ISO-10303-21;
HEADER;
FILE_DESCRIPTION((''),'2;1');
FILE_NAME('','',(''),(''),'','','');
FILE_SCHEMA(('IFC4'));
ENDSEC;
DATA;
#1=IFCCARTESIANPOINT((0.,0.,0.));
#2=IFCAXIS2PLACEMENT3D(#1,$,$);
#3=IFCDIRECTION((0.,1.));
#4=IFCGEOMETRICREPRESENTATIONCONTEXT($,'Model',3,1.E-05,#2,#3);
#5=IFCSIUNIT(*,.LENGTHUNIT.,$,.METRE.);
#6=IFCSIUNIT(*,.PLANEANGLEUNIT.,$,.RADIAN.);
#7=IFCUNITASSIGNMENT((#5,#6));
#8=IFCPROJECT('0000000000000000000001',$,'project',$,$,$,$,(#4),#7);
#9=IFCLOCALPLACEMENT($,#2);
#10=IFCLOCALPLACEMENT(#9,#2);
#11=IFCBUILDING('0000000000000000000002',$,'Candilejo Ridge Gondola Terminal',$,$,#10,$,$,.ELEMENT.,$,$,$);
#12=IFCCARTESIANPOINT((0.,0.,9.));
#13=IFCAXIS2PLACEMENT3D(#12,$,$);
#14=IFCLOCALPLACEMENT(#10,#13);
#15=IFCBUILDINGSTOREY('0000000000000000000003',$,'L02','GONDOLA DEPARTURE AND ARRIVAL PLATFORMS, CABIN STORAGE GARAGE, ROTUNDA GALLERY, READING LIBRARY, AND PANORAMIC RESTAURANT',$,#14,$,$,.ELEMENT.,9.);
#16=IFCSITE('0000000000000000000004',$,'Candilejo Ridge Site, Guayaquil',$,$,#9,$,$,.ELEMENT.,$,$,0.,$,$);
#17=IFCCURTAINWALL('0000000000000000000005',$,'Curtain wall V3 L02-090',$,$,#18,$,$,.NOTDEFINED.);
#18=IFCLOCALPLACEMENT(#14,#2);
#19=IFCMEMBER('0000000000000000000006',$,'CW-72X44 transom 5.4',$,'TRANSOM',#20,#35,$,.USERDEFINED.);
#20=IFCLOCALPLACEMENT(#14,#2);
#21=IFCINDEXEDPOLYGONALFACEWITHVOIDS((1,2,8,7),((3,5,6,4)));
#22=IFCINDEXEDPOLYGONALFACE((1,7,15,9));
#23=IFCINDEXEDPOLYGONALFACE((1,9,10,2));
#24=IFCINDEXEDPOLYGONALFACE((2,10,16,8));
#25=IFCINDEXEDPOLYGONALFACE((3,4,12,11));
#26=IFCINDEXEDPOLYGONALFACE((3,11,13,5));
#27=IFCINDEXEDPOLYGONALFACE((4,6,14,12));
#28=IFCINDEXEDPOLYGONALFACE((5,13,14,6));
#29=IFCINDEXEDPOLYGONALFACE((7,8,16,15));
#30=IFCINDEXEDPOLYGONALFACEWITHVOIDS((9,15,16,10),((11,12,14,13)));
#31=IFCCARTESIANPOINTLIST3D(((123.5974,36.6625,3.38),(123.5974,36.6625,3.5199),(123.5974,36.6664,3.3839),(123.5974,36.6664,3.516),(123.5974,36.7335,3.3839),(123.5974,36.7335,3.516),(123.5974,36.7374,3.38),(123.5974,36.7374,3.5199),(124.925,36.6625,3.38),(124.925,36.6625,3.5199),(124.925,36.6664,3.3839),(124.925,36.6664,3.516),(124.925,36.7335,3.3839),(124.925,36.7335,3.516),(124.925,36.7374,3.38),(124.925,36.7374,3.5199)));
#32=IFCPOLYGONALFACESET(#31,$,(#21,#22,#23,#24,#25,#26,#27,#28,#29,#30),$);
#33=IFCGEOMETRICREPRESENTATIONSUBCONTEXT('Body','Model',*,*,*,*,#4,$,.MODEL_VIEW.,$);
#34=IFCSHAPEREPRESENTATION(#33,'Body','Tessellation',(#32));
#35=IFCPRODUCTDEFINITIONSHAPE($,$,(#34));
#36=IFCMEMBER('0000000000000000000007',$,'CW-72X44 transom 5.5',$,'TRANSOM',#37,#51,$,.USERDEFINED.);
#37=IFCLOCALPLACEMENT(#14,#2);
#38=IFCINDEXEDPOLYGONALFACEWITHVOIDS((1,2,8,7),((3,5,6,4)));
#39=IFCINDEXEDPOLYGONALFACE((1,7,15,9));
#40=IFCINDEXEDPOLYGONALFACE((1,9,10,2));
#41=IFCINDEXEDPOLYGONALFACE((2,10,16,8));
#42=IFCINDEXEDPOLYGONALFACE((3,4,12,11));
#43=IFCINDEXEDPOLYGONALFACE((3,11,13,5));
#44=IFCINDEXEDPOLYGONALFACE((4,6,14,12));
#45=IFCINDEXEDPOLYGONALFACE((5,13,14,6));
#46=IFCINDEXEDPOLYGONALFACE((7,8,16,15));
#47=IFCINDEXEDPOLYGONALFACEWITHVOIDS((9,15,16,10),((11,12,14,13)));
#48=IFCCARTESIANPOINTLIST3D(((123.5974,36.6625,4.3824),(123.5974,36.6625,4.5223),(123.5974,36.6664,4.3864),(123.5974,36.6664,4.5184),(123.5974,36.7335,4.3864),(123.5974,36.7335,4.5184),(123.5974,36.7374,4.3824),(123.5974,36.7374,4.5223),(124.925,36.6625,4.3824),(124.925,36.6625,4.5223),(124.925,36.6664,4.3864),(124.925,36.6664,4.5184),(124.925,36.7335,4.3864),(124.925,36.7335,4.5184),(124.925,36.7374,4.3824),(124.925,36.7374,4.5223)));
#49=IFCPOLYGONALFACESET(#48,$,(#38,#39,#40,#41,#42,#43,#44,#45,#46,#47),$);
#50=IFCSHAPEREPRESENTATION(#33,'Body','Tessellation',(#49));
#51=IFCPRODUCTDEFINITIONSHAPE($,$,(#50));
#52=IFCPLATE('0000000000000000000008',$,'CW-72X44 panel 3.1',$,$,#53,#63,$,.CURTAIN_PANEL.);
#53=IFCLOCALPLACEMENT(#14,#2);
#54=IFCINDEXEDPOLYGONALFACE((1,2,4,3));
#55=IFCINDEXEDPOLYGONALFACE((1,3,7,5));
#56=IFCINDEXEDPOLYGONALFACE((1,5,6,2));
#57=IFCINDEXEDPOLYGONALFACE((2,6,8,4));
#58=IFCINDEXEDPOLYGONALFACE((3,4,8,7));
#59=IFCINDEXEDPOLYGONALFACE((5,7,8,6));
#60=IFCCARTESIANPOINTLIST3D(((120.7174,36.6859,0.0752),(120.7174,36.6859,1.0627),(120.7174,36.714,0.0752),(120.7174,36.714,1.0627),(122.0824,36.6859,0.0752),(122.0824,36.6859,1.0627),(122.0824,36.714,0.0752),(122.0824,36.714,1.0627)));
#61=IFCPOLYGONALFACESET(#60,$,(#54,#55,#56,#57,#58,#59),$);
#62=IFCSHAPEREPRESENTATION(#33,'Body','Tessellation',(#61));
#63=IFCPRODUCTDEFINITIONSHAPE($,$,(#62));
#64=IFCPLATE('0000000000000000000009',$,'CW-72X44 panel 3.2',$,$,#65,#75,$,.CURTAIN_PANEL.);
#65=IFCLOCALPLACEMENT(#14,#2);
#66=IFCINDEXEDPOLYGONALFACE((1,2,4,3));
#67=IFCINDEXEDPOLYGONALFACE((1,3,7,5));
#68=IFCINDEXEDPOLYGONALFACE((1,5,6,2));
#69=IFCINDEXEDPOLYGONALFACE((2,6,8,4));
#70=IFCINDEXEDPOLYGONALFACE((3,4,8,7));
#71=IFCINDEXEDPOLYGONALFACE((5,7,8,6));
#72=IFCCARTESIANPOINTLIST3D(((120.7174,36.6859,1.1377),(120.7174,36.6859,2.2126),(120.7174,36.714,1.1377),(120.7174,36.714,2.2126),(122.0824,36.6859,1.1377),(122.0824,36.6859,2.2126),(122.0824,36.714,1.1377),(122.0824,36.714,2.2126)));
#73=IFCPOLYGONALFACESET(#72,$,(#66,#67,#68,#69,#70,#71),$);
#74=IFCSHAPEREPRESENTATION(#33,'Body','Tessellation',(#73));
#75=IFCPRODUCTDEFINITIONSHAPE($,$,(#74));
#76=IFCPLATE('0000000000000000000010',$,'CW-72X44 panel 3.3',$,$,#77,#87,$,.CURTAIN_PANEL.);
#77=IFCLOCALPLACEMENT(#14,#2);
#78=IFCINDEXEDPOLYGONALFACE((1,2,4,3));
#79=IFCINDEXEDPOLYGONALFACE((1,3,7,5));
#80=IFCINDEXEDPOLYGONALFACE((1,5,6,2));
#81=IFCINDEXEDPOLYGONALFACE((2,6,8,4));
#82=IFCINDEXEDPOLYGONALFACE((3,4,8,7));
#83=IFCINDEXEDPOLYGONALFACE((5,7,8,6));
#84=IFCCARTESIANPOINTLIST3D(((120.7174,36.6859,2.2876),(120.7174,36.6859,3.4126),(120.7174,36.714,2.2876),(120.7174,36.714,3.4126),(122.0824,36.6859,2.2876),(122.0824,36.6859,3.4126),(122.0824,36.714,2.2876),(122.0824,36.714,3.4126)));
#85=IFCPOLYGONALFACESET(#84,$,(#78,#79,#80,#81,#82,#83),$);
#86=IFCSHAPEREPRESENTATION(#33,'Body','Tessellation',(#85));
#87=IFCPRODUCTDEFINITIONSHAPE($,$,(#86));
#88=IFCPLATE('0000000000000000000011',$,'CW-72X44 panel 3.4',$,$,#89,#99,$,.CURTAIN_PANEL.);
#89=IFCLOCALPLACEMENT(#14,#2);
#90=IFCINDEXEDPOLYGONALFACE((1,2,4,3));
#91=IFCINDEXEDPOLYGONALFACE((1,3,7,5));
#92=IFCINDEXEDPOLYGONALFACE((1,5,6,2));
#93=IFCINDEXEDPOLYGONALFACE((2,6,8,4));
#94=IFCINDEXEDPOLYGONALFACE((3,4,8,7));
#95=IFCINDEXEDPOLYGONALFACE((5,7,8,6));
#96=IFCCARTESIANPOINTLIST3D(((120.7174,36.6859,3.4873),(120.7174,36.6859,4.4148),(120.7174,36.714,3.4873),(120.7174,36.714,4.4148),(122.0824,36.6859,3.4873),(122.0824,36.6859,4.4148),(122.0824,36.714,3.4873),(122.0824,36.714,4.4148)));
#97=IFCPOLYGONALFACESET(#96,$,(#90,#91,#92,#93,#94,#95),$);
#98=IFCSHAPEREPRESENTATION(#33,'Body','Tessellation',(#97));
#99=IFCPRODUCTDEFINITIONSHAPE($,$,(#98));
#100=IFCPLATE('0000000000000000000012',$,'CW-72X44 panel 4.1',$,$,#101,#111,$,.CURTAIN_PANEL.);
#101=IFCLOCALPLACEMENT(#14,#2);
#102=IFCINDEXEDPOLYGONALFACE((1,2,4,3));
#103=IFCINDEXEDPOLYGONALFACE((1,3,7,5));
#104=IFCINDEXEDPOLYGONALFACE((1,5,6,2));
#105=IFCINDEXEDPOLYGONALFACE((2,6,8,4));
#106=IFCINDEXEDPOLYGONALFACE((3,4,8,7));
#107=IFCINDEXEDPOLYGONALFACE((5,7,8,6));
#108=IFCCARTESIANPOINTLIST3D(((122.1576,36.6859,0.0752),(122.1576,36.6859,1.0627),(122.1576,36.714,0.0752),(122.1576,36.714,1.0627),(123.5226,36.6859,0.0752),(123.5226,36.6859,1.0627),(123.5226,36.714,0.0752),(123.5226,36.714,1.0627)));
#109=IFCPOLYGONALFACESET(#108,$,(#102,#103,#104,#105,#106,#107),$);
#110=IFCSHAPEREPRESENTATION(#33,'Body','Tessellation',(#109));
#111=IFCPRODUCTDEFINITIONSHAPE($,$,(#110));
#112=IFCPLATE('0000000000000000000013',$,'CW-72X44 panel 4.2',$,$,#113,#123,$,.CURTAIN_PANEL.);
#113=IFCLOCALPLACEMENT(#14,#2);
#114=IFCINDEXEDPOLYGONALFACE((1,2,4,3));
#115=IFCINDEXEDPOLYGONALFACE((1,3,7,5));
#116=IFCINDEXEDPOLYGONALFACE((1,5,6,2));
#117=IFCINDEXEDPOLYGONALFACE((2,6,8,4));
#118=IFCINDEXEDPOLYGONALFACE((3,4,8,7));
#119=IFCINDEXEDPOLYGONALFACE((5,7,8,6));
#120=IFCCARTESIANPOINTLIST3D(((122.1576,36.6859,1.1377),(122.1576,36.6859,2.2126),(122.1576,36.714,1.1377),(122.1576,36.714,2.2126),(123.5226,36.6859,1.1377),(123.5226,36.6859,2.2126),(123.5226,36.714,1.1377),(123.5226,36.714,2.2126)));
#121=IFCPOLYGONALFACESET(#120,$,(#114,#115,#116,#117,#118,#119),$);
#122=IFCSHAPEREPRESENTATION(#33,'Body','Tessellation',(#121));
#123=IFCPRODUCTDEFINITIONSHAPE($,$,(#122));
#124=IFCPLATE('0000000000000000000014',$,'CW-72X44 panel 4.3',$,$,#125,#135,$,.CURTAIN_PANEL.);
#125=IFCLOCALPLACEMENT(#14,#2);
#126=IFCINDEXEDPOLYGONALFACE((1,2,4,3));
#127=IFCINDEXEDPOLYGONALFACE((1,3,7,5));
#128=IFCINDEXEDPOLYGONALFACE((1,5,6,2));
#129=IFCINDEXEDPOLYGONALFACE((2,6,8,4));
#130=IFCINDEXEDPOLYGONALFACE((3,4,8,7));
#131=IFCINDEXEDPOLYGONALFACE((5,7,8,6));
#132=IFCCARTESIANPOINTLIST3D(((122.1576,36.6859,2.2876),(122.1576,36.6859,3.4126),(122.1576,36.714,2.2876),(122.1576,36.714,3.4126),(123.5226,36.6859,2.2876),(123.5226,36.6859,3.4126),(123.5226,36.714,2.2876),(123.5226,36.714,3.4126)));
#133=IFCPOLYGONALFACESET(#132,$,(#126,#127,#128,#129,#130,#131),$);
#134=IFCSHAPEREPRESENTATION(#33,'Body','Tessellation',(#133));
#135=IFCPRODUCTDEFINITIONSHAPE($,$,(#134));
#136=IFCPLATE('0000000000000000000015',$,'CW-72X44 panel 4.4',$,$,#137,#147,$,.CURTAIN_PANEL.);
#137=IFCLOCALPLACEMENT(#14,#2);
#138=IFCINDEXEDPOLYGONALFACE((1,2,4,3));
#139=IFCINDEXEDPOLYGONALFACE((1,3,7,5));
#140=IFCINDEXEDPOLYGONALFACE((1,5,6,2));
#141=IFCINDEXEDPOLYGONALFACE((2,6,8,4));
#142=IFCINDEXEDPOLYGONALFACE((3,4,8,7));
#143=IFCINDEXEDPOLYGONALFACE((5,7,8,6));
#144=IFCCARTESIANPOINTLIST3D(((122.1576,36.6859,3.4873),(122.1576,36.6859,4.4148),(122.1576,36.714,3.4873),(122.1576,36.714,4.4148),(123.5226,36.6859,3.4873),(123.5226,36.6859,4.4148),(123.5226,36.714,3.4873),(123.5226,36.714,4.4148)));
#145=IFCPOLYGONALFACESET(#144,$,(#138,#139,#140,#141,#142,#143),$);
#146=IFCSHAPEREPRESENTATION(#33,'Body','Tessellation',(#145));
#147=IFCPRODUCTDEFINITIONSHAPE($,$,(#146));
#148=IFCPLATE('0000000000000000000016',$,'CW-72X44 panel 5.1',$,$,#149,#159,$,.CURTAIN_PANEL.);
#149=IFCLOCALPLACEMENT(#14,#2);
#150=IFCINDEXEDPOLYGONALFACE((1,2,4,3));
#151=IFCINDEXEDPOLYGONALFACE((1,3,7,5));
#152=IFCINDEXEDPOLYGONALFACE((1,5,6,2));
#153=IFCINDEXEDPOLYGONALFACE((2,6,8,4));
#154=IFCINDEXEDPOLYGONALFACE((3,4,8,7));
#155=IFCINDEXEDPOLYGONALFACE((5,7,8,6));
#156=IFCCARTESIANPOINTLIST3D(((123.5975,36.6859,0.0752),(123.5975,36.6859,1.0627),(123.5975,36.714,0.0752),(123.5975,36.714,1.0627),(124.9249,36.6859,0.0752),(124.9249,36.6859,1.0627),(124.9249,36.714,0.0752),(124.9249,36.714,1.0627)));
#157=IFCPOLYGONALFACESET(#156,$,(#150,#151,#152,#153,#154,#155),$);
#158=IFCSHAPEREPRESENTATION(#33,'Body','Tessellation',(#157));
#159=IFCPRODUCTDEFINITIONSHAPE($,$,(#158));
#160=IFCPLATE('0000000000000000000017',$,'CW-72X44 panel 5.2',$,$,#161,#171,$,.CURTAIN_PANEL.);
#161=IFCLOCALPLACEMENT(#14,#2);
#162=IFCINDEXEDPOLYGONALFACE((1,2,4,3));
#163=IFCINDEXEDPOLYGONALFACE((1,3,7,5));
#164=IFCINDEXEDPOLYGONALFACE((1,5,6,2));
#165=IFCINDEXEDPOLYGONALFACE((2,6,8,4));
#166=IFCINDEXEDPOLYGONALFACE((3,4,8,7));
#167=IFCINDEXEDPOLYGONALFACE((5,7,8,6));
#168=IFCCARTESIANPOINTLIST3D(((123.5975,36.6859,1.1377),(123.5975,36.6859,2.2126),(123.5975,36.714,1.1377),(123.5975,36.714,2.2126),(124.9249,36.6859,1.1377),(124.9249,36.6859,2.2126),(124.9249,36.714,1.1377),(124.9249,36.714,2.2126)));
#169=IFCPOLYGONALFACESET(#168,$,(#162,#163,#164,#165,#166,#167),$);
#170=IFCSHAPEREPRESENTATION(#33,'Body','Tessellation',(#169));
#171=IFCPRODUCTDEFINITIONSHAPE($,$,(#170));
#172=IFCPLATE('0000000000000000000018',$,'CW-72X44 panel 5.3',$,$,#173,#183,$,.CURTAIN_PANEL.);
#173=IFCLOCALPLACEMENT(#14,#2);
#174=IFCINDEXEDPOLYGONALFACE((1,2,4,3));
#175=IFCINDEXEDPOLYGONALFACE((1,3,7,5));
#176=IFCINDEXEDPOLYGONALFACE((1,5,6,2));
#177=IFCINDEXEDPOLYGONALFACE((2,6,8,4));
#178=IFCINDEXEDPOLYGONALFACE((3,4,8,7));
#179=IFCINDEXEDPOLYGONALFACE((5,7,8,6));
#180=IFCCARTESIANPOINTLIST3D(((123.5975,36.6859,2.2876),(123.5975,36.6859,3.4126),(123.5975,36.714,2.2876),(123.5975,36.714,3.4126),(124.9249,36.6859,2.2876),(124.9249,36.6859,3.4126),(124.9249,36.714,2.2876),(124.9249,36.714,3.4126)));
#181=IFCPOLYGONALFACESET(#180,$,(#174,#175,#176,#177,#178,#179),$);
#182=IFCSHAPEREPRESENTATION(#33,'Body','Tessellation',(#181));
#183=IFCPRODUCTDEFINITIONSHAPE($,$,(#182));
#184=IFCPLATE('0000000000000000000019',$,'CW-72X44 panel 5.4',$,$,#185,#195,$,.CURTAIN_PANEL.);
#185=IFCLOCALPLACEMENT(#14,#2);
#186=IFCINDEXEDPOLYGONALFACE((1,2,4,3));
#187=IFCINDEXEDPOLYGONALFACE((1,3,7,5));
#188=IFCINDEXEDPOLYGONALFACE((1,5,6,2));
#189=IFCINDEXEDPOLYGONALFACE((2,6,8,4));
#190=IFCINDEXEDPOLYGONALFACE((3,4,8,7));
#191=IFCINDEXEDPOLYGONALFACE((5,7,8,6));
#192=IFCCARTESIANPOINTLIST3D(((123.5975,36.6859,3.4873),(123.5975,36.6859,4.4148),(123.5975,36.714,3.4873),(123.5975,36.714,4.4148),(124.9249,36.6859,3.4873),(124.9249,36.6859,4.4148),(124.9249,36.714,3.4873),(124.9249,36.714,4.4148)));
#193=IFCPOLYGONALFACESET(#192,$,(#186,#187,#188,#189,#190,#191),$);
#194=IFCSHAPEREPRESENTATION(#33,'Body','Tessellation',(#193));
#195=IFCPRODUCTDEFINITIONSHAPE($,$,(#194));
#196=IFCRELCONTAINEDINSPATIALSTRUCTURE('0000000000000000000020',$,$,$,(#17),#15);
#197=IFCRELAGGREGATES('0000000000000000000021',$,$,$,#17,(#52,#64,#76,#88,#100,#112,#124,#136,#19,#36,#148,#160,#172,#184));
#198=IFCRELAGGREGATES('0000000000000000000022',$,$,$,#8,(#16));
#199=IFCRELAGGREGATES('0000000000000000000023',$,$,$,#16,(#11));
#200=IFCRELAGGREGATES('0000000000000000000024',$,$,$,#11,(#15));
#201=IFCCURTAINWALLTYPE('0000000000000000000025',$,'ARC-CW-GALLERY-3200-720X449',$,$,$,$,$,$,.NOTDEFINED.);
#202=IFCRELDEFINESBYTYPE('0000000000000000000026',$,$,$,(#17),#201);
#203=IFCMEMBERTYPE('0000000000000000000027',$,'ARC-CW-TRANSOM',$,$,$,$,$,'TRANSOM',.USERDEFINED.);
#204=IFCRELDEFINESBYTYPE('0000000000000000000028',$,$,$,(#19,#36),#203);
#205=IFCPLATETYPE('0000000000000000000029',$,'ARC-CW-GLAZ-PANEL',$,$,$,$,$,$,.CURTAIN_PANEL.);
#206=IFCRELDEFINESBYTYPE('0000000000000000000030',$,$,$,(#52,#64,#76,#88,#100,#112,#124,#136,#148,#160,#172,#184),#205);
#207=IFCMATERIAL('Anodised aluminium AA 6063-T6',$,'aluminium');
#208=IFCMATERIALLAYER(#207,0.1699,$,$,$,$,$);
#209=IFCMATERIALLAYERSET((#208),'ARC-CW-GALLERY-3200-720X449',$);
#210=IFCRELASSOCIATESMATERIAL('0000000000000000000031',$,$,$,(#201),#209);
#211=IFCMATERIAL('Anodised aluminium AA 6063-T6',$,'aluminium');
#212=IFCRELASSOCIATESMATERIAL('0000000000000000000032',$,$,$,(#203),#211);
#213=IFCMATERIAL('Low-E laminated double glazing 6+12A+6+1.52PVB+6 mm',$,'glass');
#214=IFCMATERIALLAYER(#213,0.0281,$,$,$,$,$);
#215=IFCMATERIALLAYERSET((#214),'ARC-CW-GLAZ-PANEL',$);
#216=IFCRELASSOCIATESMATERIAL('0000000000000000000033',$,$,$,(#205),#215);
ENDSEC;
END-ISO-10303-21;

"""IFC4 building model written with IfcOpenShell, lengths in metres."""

from ifc_helpers import new_model, si_unit, direction, frame, origin, origin_2d, place, context, subcontext, project, spatial, rectangle, hollow_rectangle, extrude, material, layer, layer_set, material_profile, profile_set, type_object, element, aggregate, save


model = new_model("IFC4")

# Units and contexts
model_context = context("Model", 3, precision=1e-05, world=origin(), true_north=direction((0.0, 1.0)))
body_context = subcontext(model_context, "Body", "Model", "MODEL_VIEW")
ifc_project = project(units=[si_unit("LENGTHUNIT", "METRE"), si_unit("PLANEANGLEUNIT", "RADIAN")], contexts=[model_context])

# Site, building, storey
site_placement = place(None, origin())
site = spatial("IfcSite", under=ifc_project, at=site_placement, Name="Candilejo Ridge Site, Guayaquil", CompositionType="ELEMENT", RefElevation=0.0)
building_placement = place(site_placement, origin())
building = spatial("IfcBuilding", under=site, at=building_placement, Name="Candilejo Ridge Gondola Terminal", CompositionType="ELEMENT")
storey_placement = place(building_placement, frame((0.0, 0.0, 9.0)))
storey = spatial("IfcBuildingStorey", under=building, at=storey_placement, Name="L02", Description="GONDOLA DEPARTURE AND ARRIVAL PLATFORMS, CABIN STORAGE GARAGE, ROTUNDA GALLERY, READING LIBRARY, AND PANORAMIC RESTAURANT", CompositionType="ELEMENT", Elevation=9.0)

# Curtain wall, members, plates
ifc_material_1 = material(Name="Anodised aluminium AA 6063-T6", Category="aluminium")
ifc_layer_1 = layer(ifc_material_1, 0.1699)
ifc_layer_set_1 = layer_set([ifc_layer_1], Name="ARC-CW-GALLERY-3200-720X449")
curtain_wall_type = type_object("IfcCurtainWallType", Name="ARC-CW-GALLERY-3200-720X449", PredefinedType="NOTDEFINED", material=ifc_layer_set_1)
curtain_wall_placement = place(storey_placement, origin())
curtain_wall = element("IfcCurtainWall", 1, at=curtain_wall_placement, inside=storey, type_object=curtain_wall_type, Name="Curtain wall V3 L02-090", PredefinedType="NOTDEFINED")
ifc_material_2 = material(Name="Anodised aluminium AA 6063-T6", Category="aluminium")
ifc_material_profile_1 = material_profile(ifc_material_2, hollow_rectangle(XDim=0.075, YDim=0.1399, WallThickness=0.0039, at=origin_2d()))
ifc_profile_set_1 = profile_set([ifc_material_profile_1], Name="Anodised aluminium AA 6063-T6")
member_type_1 = type_object("IfcMemberType", Name="ARC-CW-TRANSOM", ElementType="TRANSOM", PredefinedType="USERDEFINED", material=ifc_profile_set_1)
member_1_placement = place(storey_placement, frame((123.5974, 36.7, 3.45), z_axis=(1.0, 0.0, 0.0), x_axis=(0.0, 1.0, 0.0)))
member_1 = element("IfcMember", 2, at=member_1_placement, type_object=member_type_1, Name="CW-72X44 transom 5.4", ObjectType="TRANSOM", PredefinedType="USERDEFINED", context=body_context, shape_type="SweptSolid", body=[
    extrude(hollow_rectangle(XDim=0.075, YDim=0.1399, WallThickness=0.0039, at=origin_2d()), origin(), (0.0, 0.0, 1.0), 1.3276),
])
member_2_placement = place(storey_placement, frame((123.5974, 36.7, 4.4524), z_axis=(1.0, 0.0, 0.0), x_axis=(0.0, 1.0, 0.0)))
member_2 = element("IfcMember", 3, at=member_2_placement, type_object=member_type_1, Name="CW-72X44 transom 5.5", ObjectType="TRANSOM", PredefinedType="USERDEFINED", context=body_context, shape_type="SweptSolid", body=[
    extrude(hollow_rectangle(XDim=0.075, YDim=0.1399, WallThickness=0.0039, at=origin_2d()), origin(), (0.0, 0.0, 1.0), 1.3276),
])
ifc_material_3 = material(Name="Low-E laminated double glazing 6+12A+6+1.52PVB+6 mm", Category="glass")
ifc_layer_2 = layer(ifc_material_3, 0.0281)
ifc_layer_set_2 = layer_set([ifc_layer_2], Name="ARC-CW-GLAZ-PANEL")
plate_type = type_object("IfcPlateType", Name="ARC-CW-GLAZ-PANEL", PredefinedType="CURTAIN_PANEL", material=ifc_layer_set_2)
plate_1_placement = place(storey_placement, frame((121.3999, 36.7, 0.0752), z_axis=(0.0, 0.0, 1.0), x_axis=(1.0, 0.0, 0.0)))
plate_1 = element("IfcPlate", 4, at=plate_1_placement, type_object=plate_type, Name="CW-72X44 panel 3.1", PredefinedType="CURTAIN_PANEL", context=body_context, shape_type="SweptSolid", body=[
    extrude(rectangle(XDim=1.365, YDim=0.0281, at=origin_2d()), origin(), (0.0, 0.0, 1.0), 0.9875),
])
plate_2_placement = place(storey_placement, frame((121.3999, 36.7, 1.1377), z_axis=(0.0, 0.0, 1.0), x_axis=(1.0, 0.0, 0.0)))
plate_2 = element("IfcPlate", 5, at=plate_2_placement, type_object=plate_type, Name="CW-72X44 panel 3.2", PredefinedType="CURTAIN_PANEL", context=body_context, shape_type="SweptSolid", body=[
    extrude(rectangle(XDim=1.365, YDim=0.0281, at=origin_2d()), origin(), (0.0, 0.0, 1.0), 1.075),
])
plate_3_placement = place(storey_placement, frame((121.3999, 36.7, 2.2876), z_axis=(0.0, 0.0, 1.0), x_axis=(1.0, 0.0, 0.0)))
plate_3 = element("IfcPlate", 6, at=plate_3_placement, type_object=plate_type, Name="CW-72X44 panel 3.3", PredefinedType="CURTAIN_PANEL", context=body_context, shape_type="SweptSolid", body=[
    extrude(rectangle(XDim=1.365, YDim=0.0281, at=origin_2d()), origin(), (0.0, 0.0, 1.0), 1.125),
])
plate_4_placement = place(storey_placement, frame((121.3999, 36.7, 3.4873), z_axis=(0.0, 0.0, 1.0), x_axis=(1.0, 0.0, 0.0)))
plate_4 = element("IfcPlate", 7, at=plate_4_placement, type_object=plate_type, Name="CW-72X44 panel 3.4", PredefinedType="CURTAIN_PANEL", context=body_context, shape_type="SweptSolid", body=[
    extrude(rectangle(XDim=1.365, YDim=0.0281, at=origin_2d()), origin(), (0.0, 0.0, 1.0), 0.9275),
])
plate_5_placement = place(storey_placement, frame((122.8401, 36.7, 0.0752), z_axis=(0.0, 0.0, 1.0), x_axis=(1.0, 0.0, 0.0)))
plate_5 = element("IfcPlate", 8, at=plate_5_placement, type_object=plate_type, Name="CW-72X44 panel 4.1", PredefinedType="CURTAIN_PANEL", context=body_context, shape_type="SweptSolid", body=[
    extrude(rectangle(XDim=1.365, YDim=0.0281, at=origin_2d()), origin(), (0.0, 0.0, 1.0), 0.9875),
])
plate_6_placement = place(storey_placement, frame((122.8401, 36.7, 1.1377), z_axis=(0.0, 0.0, 1.0), x_axis=(1.0, 0.0, 0.0)))
plate_6 = element("IfcPlate", 9, at=plate_6_placement, type_object=plate_type, Name="CW-72X44 panel 4.2", PredefinedType="CURTAIN_PANEL", context=body_context, shape_type="SweptSolid", body=[
    extrude(rectangle(XDim=1.365, YDim=0.0281, at=origin_2d()), origin(), (0.0, 0.0, 1.0), 1.075),
])
plate_7_placement = place(storey_placement, frame((122.8401, 36.7, 2.2876), z_axis=(0.0, 0.0, 1.0), x_axis=(1.0, 0.0, 0.0)))
plate_7 = element("IfcPlate", 10, at=plate_7_placement, type_object=plate_type, Name="CW-72X44 panel 4.3", PredefinedType="CURTAIN_PANEL", context=body_context, shape_type="SweptSolid", body=[
    extrude(rectangle(XDim=1.365, YDim=0.0281, at=origin_2d()), origin(), (0.0, 0.0, 1.0), 1.125),
])
plate_8_placement = place(storey_placement, frame((122.8401, 36.7, 3.4873), z_axis=(0.0, 0.0, 1.0), x_axis=(1.0, 0.0, 0.0)))
plate_8 = element("IfcPlate", 11, at=plate_8_placement, type_object=plate_type, Name="CW-72X44 panel 4.4", PredefinedType="CURTAIN_PANEL", context=body_context, shape_type="SweptSolid", body=[
    extrude(rectangle(XDim=1.365, YDim=0.0281, at=origin_2d()), origin(), (0.0, 0.0, 1.0), 0.9275),
])
plate_9_placement = place(storey_placement, frame((124.2612, 36.7, 0.0752), z_axis=(0.0, 0.0, 1.0), x_axis=(1.0, 0.0, 0.0)))
plate_9 = element("IfcPlate", 12, at=plate_9_placement, type_object=plate_type, Name="CW-72X44 panel 5.1", PredefinedType="CURTAIN_PANEL", context=body_context, shape_type="SweptSolid", body=[
    extrude(rectangle(XDim=1.3274, YDim=0.0281, at=origin_2d()), origin(), (0.0, 0.0, 1.0), 0.9875),
])
plate_10_placement = place(storey_placement, frame((124.2612, 36.7, 1.1377), z_axis=(0.0, 0.0, 1.0), x_axis=(1.0, 0.0, 0.0)))
plate_10 = element("IfcPlate", 13, at=plate_10_placement, type_object=plate_type, Name="CW-72X44 panel 5.2", PredefinedType="CURTAIN_PANEL", context=body_context, shape_type="SweptSolid", body=[
    extrude(rectangle(XDim=1.3274, YDim=0.0281, at=origin_2d()), origin(), (0.0, 0.0, 1.0), 1.075),
])
plate_11_placement = place(storey_placement, frame((124.2612, 36.7, 2.2876), z_axis=(0.0, 0.0, 1.0), x_axis=(1.0, 0.0, 0.0)))
plate_11 = element("IfcPlate", 14, at=plate_11_placement, type_object=plate_type, Name="CW-72X44 panel 5.3", PredefinedType="CURTAIN_PANEL", context=body_context, shape_type="SweptSolid", body=[
    extrude(rectangle(XDim=1.3274, YDim=0.0281, at=origin_2d()), origin(), (0.0, 0.0, 1.0), 1.125),
])
plate_12_placement = place(storey_placement, frame((124.2612, 36.7, 3.4873), z_axis=(0.0, 0.0, 1.0), x_axis=(1.0, 0.0, 0.0)))
plate_12 = element("IfcPlate", 15, at=plate_12_placement, type_object=plate_type, Name="CW-72X44 panel 5.4", PredefinedType="CURTAIN_PANEL", context=body_context, shape_type="SweptSolid", body=[
    extrude(rectangle(XDim=1.3274, YDim=0.0281, at=origin_2d()), origin(), (0.0, 0.0, 1.0), 0.9275),
])
aggregate(curtain_wall, [plate_1, plate_2, plate_3, plate_4, plate_5, plate_6, plate_7, plate_8, member_1, member_2, plate_9, plate_10, plate_11, plate_12])

save(model, "model.ifc")
